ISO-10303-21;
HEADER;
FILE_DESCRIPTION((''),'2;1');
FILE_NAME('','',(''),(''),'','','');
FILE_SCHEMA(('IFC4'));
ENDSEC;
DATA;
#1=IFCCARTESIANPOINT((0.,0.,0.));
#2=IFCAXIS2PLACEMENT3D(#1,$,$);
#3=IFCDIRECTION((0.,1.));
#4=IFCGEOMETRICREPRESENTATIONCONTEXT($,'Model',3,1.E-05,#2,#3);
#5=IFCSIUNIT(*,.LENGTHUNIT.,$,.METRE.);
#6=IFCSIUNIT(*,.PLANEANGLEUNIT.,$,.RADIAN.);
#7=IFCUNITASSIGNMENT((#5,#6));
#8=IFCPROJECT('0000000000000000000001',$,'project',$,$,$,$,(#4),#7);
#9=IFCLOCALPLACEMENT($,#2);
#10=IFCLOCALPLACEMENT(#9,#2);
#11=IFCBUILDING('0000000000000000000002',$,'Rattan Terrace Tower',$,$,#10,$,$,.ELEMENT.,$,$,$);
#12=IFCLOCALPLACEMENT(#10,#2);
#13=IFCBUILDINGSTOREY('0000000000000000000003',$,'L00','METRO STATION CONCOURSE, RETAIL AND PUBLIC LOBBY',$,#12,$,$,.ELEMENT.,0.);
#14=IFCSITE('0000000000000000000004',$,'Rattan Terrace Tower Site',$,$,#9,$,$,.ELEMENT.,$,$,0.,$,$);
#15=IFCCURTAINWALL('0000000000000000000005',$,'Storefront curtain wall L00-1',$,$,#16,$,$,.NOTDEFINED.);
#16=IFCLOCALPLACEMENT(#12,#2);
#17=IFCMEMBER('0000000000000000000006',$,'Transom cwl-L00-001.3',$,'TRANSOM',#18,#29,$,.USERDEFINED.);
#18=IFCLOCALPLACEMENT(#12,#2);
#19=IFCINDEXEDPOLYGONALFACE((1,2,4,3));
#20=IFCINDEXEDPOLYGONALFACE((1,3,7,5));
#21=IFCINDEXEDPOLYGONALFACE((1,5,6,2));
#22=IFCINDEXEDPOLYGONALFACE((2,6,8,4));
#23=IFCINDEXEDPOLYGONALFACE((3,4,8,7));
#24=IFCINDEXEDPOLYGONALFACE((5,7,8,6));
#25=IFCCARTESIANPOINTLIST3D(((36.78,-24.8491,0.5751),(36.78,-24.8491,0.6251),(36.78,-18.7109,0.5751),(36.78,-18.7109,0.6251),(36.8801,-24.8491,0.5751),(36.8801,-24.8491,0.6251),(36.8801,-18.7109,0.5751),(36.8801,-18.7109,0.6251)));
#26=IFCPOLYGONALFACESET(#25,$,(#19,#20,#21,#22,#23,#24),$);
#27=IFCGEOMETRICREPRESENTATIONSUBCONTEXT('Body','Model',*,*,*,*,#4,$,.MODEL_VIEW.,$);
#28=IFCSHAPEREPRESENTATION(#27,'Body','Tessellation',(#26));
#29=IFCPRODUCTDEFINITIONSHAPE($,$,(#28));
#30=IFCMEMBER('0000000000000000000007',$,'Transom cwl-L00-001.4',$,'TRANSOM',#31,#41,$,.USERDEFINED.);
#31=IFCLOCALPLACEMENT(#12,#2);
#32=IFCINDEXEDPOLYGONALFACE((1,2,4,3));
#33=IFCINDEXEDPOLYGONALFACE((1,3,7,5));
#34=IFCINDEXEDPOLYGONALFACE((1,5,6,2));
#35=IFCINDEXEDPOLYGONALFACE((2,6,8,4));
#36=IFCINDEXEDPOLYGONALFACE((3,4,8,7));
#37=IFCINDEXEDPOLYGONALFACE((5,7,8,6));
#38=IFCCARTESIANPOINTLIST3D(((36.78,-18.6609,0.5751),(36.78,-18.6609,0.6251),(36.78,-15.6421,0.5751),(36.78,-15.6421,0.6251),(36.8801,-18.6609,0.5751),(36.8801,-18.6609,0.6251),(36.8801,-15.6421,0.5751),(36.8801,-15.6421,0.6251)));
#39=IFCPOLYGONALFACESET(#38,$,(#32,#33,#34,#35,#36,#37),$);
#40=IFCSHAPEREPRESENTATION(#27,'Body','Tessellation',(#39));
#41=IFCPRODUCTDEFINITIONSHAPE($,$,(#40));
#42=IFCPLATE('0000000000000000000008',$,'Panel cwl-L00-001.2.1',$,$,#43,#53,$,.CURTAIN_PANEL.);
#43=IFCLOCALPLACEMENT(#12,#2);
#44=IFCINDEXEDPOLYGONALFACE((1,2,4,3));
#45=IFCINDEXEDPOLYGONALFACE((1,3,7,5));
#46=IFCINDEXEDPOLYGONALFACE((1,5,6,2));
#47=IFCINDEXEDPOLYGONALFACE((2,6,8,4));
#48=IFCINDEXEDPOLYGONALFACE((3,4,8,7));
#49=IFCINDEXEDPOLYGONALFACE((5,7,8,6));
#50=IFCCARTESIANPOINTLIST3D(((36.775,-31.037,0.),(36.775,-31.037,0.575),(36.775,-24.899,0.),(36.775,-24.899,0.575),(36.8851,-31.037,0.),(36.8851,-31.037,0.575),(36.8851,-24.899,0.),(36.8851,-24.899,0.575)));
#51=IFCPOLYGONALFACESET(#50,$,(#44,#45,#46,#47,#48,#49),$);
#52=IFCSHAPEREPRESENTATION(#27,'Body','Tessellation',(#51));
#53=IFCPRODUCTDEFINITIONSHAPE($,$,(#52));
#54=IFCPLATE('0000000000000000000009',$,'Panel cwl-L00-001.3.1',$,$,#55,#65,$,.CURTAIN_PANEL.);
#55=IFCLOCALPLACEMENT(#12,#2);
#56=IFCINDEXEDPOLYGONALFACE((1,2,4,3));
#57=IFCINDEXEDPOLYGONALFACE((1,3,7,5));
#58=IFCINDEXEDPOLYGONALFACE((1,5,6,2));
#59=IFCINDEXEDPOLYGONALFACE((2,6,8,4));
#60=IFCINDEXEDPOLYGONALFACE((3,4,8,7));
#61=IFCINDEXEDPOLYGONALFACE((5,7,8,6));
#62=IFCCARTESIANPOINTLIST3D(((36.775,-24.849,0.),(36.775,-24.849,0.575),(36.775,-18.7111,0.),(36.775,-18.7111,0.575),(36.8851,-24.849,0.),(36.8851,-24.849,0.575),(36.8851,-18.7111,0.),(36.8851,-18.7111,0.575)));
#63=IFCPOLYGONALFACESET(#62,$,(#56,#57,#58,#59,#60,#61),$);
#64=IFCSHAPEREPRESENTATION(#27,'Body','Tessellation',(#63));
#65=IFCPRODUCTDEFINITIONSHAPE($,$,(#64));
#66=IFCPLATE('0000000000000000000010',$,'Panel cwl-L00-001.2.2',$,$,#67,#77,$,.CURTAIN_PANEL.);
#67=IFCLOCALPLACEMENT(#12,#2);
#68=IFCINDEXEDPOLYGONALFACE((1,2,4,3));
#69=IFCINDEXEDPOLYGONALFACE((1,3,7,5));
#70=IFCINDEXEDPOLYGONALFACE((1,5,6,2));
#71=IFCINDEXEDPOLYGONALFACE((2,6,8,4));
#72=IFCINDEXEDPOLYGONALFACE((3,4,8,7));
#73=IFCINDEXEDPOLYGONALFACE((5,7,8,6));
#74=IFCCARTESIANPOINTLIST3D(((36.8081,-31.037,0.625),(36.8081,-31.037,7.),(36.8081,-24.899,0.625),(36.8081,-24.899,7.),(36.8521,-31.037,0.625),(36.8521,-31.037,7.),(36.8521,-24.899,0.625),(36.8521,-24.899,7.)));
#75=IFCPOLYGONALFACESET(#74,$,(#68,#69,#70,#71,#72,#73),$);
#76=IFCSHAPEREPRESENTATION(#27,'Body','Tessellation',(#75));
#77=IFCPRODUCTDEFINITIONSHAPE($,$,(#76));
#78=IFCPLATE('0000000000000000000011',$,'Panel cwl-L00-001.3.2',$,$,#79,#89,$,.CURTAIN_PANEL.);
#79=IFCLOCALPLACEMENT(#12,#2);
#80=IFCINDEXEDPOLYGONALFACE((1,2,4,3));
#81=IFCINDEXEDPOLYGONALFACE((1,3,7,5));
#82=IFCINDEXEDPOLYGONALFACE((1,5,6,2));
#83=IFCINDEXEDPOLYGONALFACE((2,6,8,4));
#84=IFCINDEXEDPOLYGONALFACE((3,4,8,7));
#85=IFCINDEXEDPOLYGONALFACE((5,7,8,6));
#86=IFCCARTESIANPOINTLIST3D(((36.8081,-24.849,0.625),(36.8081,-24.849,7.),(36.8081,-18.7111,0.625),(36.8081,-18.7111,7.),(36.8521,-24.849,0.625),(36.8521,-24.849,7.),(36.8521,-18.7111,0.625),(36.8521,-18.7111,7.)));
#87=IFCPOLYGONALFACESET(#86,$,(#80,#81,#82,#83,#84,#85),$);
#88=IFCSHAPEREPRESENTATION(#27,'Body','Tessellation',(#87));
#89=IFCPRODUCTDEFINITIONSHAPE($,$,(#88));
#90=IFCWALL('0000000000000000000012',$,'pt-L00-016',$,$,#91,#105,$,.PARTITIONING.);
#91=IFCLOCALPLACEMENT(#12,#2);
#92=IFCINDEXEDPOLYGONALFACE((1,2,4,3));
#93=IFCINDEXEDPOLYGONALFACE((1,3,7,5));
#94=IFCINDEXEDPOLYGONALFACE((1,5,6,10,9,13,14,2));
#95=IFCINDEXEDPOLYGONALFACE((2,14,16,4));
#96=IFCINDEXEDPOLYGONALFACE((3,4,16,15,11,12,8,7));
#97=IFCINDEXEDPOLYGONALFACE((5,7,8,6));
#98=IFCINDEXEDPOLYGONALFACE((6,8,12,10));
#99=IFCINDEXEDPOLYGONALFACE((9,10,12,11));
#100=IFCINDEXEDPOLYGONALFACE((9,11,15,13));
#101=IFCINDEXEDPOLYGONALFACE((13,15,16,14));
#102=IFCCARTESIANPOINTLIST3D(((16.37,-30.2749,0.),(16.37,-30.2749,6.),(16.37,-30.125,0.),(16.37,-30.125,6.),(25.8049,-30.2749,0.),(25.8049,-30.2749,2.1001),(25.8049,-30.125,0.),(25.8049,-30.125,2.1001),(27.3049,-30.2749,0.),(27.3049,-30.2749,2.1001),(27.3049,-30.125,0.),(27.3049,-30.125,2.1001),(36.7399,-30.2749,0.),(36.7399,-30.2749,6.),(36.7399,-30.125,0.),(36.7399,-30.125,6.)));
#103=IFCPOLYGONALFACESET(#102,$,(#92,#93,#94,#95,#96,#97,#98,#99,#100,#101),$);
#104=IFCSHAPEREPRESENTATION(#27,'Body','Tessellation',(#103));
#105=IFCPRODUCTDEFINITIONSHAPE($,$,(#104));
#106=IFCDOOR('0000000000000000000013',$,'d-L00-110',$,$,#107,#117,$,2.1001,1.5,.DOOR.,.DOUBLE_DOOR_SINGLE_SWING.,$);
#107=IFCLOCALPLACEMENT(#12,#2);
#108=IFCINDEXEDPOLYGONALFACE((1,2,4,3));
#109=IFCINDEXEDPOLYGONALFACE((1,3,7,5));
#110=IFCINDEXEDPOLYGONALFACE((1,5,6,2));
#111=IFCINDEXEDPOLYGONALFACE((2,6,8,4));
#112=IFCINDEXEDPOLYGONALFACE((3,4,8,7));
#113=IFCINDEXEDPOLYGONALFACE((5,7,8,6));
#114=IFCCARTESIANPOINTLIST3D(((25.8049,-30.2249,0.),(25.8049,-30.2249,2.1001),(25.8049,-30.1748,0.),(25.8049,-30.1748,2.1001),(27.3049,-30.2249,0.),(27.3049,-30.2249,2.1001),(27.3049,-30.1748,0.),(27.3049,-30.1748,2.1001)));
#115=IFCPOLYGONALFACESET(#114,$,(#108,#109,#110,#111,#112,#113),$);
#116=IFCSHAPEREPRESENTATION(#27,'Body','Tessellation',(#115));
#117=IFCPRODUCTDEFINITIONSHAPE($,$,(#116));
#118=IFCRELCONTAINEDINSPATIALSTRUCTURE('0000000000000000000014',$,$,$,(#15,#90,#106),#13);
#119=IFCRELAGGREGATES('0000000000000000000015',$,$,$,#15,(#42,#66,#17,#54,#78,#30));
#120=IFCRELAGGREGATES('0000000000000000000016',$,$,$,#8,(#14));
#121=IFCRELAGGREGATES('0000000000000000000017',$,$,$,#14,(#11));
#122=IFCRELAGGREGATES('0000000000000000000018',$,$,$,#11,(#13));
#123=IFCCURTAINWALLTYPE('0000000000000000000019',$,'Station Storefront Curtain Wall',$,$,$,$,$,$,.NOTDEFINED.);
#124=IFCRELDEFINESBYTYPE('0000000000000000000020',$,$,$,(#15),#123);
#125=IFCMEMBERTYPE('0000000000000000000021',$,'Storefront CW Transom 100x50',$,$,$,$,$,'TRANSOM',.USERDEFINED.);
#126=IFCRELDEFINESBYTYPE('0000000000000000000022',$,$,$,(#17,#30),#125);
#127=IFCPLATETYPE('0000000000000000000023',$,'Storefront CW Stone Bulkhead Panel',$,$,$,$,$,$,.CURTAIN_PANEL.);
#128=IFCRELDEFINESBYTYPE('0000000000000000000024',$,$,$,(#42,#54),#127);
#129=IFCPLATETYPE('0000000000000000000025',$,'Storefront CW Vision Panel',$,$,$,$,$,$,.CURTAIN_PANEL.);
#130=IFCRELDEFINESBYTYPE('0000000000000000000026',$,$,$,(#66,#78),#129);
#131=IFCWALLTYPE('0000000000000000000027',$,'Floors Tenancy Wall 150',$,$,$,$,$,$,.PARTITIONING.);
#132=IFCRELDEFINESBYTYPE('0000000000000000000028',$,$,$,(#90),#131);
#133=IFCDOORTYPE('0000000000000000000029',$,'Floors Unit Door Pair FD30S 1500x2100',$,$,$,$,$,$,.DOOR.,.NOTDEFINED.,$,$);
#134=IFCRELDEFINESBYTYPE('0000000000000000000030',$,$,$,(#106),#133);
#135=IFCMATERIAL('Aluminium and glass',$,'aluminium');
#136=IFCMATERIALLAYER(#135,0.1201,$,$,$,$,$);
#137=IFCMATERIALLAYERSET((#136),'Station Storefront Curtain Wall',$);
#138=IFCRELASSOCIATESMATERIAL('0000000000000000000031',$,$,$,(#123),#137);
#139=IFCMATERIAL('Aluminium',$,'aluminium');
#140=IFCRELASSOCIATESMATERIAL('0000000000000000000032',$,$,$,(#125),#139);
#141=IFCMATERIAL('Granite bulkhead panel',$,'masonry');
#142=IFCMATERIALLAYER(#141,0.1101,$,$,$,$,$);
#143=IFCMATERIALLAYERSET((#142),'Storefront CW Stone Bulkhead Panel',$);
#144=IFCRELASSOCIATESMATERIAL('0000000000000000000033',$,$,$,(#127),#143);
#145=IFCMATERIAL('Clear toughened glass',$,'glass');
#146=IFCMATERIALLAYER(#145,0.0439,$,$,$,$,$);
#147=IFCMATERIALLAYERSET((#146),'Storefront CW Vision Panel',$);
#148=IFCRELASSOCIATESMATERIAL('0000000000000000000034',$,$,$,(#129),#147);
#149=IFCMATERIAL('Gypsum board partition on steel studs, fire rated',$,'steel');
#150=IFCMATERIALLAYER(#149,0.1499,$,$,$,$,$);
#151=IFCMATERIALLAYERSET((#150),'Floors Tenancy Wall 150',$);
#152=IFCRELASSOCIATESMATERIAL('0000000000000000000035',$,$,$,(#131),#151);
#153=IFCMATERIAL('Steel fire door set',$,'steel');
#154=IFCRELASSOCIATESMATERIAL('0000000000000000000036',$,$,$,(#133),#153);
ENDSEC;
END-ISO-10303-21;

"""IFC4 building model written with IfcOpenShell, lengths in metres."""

from ifc_helpers import new_model, si_unit, direction, frame, frame_2d, origin, origin_2d, place, context, subcontext, project, spatial, rectangle, extrude, material, layer, layer_set, material_profile, profile_set, type_object, element, fill, aggregate, save


model = new_model("IFC4")

# Units and contexts
model_context = context("Model", 3, precision=1e-05, world=origin(), true_north=direction((0.0, 1.0)))
body_context = subcontext(model_context, "Body", "Model", "MODEL_VIEW")
ifc_project = project(units=[si_unit("LENGTHUNIT", "METRE"), si_unit("PLANEANGLEUNIT", "RADIAN")], contexts=[model_context])

# Site, building, storey
site_placement = place(None, origin())
site = spatial("IfcSite", under=ifc_project, at=site_placement, Name="Rattan Terrace Tower Site", CompositionType="ELEMENT", RefElevation=0.0)
building_placement = place(site_placement, origin())
building = spatial("IfcBuilding", under=site, at=building_placement, Name="Rattan Terrace Tower", CompositionType="ELEMENT")
storey_placement = place(building_placement, origin())
storey = spatial("IfcBuildingStorey", under=building, at=storey_placement, Name="L00", Description="METRO STATION CONCOURSE, RETAIL AND PUBLIC LOBBY", CompositionType="ELEMENT", Elevation=0.0)

# Curtain wall, members, plates
ifc_material_1 = material(Name="Aluminium and glass", Category="aluminium")
ifc_layer_1 = layer(ifc_material_1, 0.1201)
ifc_layer_set_1 = layer_set([ifc_layer_1], Name="Station Storefront Curtain Wall")
curtain_wall_type = type_object("IfcCurtainWallType", Name="Station Storefront Curtain Wall", PredefinedType="NOTDEFINED", material=ifc_layer_set_1)
curtain_wall_placement = place(storey_placement, origin())
curtain_wall = element("IfcCurtainWall", 1, at=curtain_wall_placement, inside=storey, type_object=curtain_wall_type, Name="Storefront curtain wall L00-1", PredefinedType="NOTDEFINED")
ifc_material_2 = material(Name="Aluminium", Category="aluminium")
ifc_material_profile_1 = material_profile(ifc_material_2, rectangle(XDim=0.1001, YDim=0.05, at=origin_2d()), Name="Aluminium 100x50")
ifc_profile_set_1 = profile_set([ifc_material_profile_1], Name="Aluminium")
member_type_1 = type_object("IfcMemberType", Name="Storefront CW Transom 100x50", ElementType="TRANSOM", PredefinedType="USERDEFINED", material=ifc_profile_set_1)
member_1_placement = place(storey_placement, frame((36.8301, -24.8491, 0.6001), z_axis=(0.0, 1.0, 0.0), x_axis=(-1.0, 0.0, 0.0)))
member_1 = element("IfcMember", 2, at=member_1_placement, type_object=member_type_1, Name="Transom cwl-L00-001.3", ObjectType="TRANSOM", PredefinedType="USERDEFINED", context=body_context, shape_type="SweptSolid", body=[
    extrude(rectangle(XDim=0.1001, YDim=0.05, at=origin_2d()), origin(), (0.0, 0.0, 1.0), 6.1382),
])
member_2_placement = place(storey_placement, frame((36.8301, -18.6609, 0.6001), z_axis=(0.0, 1.0, 0.0), x_axis=(-1.0, 0.0, 0.0)))
member_2 = element("IfcMember", 3, at=member_2_placement, type_object=member_type_1, Name="Transom cwl-L00-001.4", ObjectType="TRANSOM", PredefinedType="USERDEFINED", context=body_context, shape_type="SweptSolid", body=[
    extrude(rectangle(XDim=0.1001, YDim=0.05, at=origin_2d()), origin(), (0.0, 0.0, 1.0), 3.0188),
])
ifc_material_3 = material(Name="Granite bulkhead panel", Category="masonry")
ifc_layer_2 = layer(ifc_material_3, 0.1101)
ifc_layer_set_2 = layer_set([ifc_layer_2], Name="Storefront CW Stone Bulkhead Panel")
plate_type_1 = type_object("IfcPlateType", Name="Storefront CW Stone Bulkhead Panel", PredefinedType="CURTAIN_PANEL", material=ifc_layer_set_2)
plate_1_placement = place(storey_placement, frame((36.8301, -27.968, 0.0), z_axis=(0.0, 0.0, 1.0), x_axis=(0.0, 1.0, 0.0)))
plate_1 = element("IfcPlate", 4, at=plate_1_placement, type_object=plate_type_1, Name="Panel cwl-L00-001.2.1", PredefinedType="CURTAIN_PANEL", context=body_context, shape_type="SweptSolid", body=[
    extrude(rectangle(XDim=6.1379, YDim=0.1101, at=origin_2d()), origin(), (0.0, 0.0, 1.0), 0.575),
])
plate_2_placement = place(storey_placement, frame((36.8301, -21.78, 0.0), z_axis=(0.0, 0.0, 1.0), x_axis=(0.0, 1.0, 0.0)))
plate_2 = element("IfcPlate", 5, at=plate_2_placement, type_object=plate_type_1, Name="Panel cwl-L00-001.3.1", PredefinedType="CURTAIN_PANEL", context=body_context, shape_type="SweptSolid", body=[
    extrude(rectangle(XDim=6.1379, YDim=0.1101, at=origin_2d()), origin(), (0.0, 0.0, 1.0), 0.575),
])
ifc_material_4 = material(Name="Clear toughened glass", Category="glass")
ifc_layer_3 = layer(ifc_material_4, 0.0439)
ifc_layer_set_3 = layer_set([ifc_layer_3], Name="Storefront CW Vision Panel")
plate_type_2 = type_object("IfcPlateType", Name="Storefront CW Vision Panel", PredefinedType="CURTAIN_PANEL", material=ifc_layer_set_3)
plate_3_placement = place(storey_placement, frame((36.8301, -27.968, 0.625), z_axis=(0.0, 0.0, 1.0), x_axis=(0.0, 1.0, 0.0)))
plate_3 = element("IfcPlate", 6, at=plate_3_placement, type_object=plate_type_2, Name="Panel cwl-L00-001.2.2", PredefinedType="CURTAIN_PANEL", context=body_context, shape_type="SweptSolid", body=[
    extrude(rectangle(XDim=6.1379, YDim=0.0439, at=origin_2d()), origin(), (0.0, 0.0, 1.0), 6.375),
])
plate_4_placement = place(storey_placement, frame((36.8301, -21.78, 0.625), z_axis=(0.0, 0.0, 1.0), x_axis=(0.0, 1.0, 0.0)))
plate_4 = element("IfcPlate", 7, at=plate_4_placement, type_object=plate_type_2, Name="Panel cwl-L00-001.3.2", PredefinedType="CURTAIN_PANEL", context=body_context, shape_type="SweptSolid", body=[
    extrude(rectangle(XDim=6.1379, YDim=0.0439, at=origin_2d()), origin(), (0.0, 0.0, 1.0), 6.375),
])
aggregate(curtain_wall, [plate_1, plate_3, member_1, plate_2, plate_4, member_2])

# Wall, opening, door
ifc_material_5 = material(Name="Gypsum board partition on steel studs, fire rated", Category="steel")
ifc_layer_4 = layer(ifc_material_5, 0.1499)
ifc_layer_set_4 = layer_set([ifc_layer_4], Name="Floors Tenancy Wall 150")
wall_type = type_object("IfcWallType", Name="Floors Tenancy Wall 150", PredefinedType="PARTITIONING", material=ifc_layer_set_4)
wall_placement = place(storey_placement, frame((36.74, -30.2, 0.0), z_axis=(0.0, 0.0, 1.0), x_axis=(-1.0, 0.0, 0.0)))
wall = element("IfcWall", 8, at=wall_placement, inside=storey, type_object=wall_type, Name="pt-L00-016", PredefinedType="PARTITIONING", context=body_context, shape_type="SweptSolid", body=[
    extrude(rectangle(XDim=20.3699, YDim=0.1499, at=frame_2d((10.1851, 0.0))), origin(), (0.0, 0.0, 1.0), 6.0),
])
opening_placement = place(wall_placement, frame((9.4351, 0.0, 0.0)))
opening = element("IfcOpeningElement", 9, at=opening_placement, cuts=wall, PredefinedType="OPENING", context=body_context, shape_type="SweptSolid", body=[
    extrude(rectangle(XDim=1.5, YDim=2.1001, at=frame_2d((0.75, 1.05))), frame((0.0, 0.0854, 0.0), z_axis=(0.0, -1.0, 0.0), x_axis=(1.0, 0.0, 0.0)), (0.0, 0.0, 1.0), 0.1709),
])
ifc_material_6 = material(Name="Steel fire door set", Category="steel")
door_type = type_object("IfcDoorType", Name="Floors Unit Door Pair FD30S 1500x2100", OperationType="NOTDEFINED", PredefinedType="DOOR", material=ifc_material_6)
door_placement = place(opening_placement, origin())
door = element("IfcDoor", 10, at=door_placement, inside=storey, type_object=door_type, Name="d-L00-110", OperationType="DOUBLE_DOOR_SINGLE_SWING", OverallHeight=2.1001, OverallWidth=1.5, PredefinedType="DOOR", context=body_context, shape_type="SweptSolid", body=[
    extrude(rectangle(XDim=1.5, YDim=2.1001, at=frame_2d((0.75, 1.05))), frame((0.0, 0.0249, 0.0), z_axis=(0.0, -1.0, 0.0), x_axis=(1.0, 0.0, 0.0)), (0.0, 0.0, 1.0), 0.05),
])
fill(opening, door)

save(model, "model.ifc")
